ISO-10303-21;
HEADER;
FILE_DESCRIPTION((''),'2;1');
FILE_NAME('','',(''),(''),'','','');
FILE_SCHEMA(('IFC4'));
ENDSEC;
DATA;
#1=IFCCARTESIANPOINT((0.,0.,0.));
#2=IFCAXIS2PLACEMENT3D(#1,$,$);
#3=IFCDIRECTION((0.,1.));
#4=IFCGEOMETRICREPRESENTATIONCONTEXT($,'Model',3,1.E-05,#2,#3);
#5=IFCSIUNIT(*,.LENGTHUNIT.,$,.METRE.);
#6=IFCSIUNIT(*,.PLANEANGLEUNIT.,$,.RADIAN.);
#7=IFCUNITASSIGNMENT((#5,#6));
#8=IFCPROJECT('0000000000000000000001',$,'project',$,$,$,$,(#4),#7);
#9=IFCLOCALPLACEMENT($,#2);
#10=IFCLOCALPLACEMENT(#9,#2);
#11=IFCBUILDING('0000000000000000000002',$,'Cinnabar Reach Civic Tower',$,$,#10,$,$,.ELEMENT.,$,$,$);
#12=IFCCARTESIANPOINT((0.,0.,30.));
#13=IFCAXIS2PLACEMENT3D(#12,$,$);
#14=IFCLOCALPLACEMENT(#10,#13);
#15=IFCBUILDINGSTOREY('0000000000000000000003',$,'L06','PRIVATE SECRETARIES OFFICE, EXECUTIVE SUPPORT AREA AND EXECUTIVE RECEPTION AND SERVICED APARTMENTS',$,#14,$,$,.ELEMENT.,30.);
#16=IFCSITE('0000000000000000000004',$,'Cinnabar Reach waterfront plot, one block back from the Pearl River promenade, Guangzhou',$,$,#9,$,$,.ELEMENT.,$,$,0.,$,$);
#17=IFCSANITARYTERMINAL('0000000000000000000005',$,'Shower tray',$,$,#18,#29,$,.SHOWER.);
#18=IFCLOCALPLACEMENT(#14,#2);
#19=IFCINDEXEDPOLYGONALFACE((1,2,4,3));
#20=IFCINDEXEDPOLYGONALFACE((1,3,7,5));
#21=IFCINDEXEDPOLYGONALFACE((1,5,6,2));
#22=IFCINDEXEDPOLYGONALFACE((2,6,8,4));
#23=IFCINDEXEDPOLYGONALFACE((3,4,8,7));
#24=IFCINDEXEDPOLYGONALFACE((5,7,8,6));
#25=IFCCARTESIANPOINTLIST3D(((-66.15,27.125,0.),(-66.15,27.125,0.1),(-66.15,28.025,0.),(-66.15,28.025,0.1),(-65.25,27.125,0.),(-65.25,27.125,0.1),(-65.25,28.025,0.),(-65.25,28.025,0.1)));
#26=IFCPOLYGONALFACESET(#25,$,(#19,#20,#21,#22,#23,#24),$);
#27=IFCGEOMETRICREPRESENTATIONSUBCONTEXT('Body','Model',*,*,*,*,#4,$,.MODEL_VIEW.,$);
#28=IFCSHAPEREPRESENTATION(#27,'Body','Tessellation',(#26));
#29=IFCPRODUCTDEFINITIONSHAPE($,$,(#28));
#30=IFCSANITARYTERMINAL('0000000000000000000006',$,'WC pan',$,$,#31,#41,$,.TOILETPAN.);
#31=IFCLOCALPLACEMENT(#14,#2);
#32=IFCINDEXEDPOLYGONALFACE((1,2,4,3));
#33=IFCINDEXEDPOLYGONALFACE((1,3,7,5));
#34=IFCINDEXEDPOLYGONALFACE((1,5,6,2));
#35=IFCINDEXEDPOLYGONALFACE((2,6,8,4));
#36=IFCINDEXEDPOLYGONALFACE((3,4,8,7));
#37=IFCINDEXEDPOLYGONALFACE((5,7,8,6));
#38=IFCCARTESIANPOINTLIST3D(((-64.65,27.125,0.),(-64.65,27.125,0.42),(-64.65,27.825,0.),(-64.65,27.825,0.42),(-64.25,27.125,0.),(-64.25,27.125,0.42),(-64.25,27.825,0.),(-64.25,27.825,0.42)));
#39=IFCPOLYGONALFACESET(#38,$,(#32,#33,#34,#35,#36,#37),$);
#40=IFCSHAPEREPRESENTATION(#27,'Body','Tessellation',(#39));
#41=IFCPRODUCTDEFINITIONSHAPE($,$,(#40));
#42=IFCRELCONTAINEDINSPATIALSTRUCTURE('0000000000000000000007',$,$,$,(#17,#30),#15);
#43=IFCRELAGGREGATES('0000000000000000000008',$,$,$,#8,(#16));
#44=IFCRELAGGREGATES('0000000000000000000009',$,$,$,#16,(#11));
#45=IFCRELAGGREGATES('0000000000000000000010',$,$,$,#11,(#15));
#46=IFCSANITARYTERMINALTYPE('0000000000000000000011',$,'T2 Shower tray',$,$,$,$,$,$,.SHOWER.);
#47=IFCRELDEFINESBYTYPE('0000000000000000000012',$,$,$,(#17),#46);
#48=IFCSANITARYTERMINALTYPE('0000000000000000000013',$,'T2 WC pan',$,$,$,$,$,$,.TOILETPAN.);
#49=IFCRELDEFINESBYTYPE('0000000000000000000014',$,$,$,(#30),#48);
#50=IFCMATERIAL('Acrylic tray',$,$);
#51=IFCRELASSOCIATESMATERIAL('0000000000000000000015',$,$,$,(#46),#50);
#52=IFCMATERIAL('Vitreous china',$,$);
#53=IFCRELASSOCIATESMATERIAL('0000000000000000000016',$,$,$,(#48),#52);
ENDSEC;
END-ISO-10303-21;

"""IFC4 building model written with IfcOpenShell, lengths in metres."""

from ifc_helpers import new_model, si_unit, direction, frame, origin, origin_2d, place, context, subcontext, project, spatial, rectangle, extrude, material, type_object, element, save


model = new_model("IFC4")

# Units and contexts
model_context = context("Model", 3, precision=1e-05, world=origin(), true_north=direction((0.0, 1.0)))
body_context = subcontext(model_context, "Body", "Model", "MODEL_VIEW")
ifc_project = project(units=[si_unit("LENGTHUNIT", "METRE"), si_unit("PLANEANGLEUNIT", "RADIAN")], contexts=[model_context])

# Site, building, storey
site_placement = place(None, origin())
site = spatial("IfcSite", under=ifc_project, at=site_placement, Name="Cinnabar Reach waterfront plot, one block back from the Pearl River promenade, Guangzhou", CompositionType="ELEMENT", RefElevation=0.0)
building_placement = place(site_placement, origin())
building = spatial("IfcBuilding", under=site, at=building_placement, Name="Cinnabar Reach Civic Tower", CompositionType="ELEMENT")
storey_placement = place(building_placement, frame((0.0, 0.0, 30.0)))
storey = spatial("IfcBuildingStorey", under=building, at=storey_placement, Name="L06", Description="PRIVATE SECRETARIES OFFICE, EXECUTIVE SUPPORT AREA AND EXECUTIVE RECEPTION AND SERVICED APARTMENTS", CompositionType="ELEMENT", Elevation=30.0)

# Sanitary terminals
ifc_material_1 = material(Name="Acrylic tray")
sanitary_terminal_type_1 = type_object("IfcSanitaryTerminalType", Name="T2 Shower tray", PredefinedType="SHOWER", material=ifc_material_1)
sanitary_terminal_1_placement = place(storey_placement, frame((-65.7, 27.575, 0.0), z_axis=(0.0, 0.0, 1.0), x_axis=(1.0, 0.0, 0.0)))
element("IfcSanitaryTerminal", 1, at=sanitary_terminal_1_placement, inside=storey, type_object=sanitary_terminal_type_1, Name="Shower tray", PredefinedType="SHOWER", context=body_context, shape_type="SweptSolid", body=[
    extrude(rectangle(XDim=0.9, YDim=0.9, at=origin_2d()), origin(), (0.0, 0.0, 1.0), 0.1),
])
ifc_material_2 = material(Name="Vitreous china")
sanitary_terminal_type_2 = type_object("IfcSanitaryTerminalType", Name="T2 WC pan", PredefinedType="TOILETPAN", material=ifc_material_2)
sanitary_terminal_2_placement = place(storey_placement, frame((-64.45, 27.475, 0.0), z_axis=(0.0, 0.0, 1.0), x_axis=(1.0, 0.0, 0.0)))
element("IfcSanitaryTerminal", 2, at=sanitary_terminal_2_placement, inside=storey, type_object=sanitary_terminal_type_2, Name="WC pan", PredefinedType="TOILETPAN", context=body_context, shape_type="SweptSolid", body=[
    extrude(rectangle(XDim=0.4, YDim=0.7, at=origin_2d()), origin(), (0.0, 0.0, 1.0), 0.42),
])

save(model, "model.ifc")
